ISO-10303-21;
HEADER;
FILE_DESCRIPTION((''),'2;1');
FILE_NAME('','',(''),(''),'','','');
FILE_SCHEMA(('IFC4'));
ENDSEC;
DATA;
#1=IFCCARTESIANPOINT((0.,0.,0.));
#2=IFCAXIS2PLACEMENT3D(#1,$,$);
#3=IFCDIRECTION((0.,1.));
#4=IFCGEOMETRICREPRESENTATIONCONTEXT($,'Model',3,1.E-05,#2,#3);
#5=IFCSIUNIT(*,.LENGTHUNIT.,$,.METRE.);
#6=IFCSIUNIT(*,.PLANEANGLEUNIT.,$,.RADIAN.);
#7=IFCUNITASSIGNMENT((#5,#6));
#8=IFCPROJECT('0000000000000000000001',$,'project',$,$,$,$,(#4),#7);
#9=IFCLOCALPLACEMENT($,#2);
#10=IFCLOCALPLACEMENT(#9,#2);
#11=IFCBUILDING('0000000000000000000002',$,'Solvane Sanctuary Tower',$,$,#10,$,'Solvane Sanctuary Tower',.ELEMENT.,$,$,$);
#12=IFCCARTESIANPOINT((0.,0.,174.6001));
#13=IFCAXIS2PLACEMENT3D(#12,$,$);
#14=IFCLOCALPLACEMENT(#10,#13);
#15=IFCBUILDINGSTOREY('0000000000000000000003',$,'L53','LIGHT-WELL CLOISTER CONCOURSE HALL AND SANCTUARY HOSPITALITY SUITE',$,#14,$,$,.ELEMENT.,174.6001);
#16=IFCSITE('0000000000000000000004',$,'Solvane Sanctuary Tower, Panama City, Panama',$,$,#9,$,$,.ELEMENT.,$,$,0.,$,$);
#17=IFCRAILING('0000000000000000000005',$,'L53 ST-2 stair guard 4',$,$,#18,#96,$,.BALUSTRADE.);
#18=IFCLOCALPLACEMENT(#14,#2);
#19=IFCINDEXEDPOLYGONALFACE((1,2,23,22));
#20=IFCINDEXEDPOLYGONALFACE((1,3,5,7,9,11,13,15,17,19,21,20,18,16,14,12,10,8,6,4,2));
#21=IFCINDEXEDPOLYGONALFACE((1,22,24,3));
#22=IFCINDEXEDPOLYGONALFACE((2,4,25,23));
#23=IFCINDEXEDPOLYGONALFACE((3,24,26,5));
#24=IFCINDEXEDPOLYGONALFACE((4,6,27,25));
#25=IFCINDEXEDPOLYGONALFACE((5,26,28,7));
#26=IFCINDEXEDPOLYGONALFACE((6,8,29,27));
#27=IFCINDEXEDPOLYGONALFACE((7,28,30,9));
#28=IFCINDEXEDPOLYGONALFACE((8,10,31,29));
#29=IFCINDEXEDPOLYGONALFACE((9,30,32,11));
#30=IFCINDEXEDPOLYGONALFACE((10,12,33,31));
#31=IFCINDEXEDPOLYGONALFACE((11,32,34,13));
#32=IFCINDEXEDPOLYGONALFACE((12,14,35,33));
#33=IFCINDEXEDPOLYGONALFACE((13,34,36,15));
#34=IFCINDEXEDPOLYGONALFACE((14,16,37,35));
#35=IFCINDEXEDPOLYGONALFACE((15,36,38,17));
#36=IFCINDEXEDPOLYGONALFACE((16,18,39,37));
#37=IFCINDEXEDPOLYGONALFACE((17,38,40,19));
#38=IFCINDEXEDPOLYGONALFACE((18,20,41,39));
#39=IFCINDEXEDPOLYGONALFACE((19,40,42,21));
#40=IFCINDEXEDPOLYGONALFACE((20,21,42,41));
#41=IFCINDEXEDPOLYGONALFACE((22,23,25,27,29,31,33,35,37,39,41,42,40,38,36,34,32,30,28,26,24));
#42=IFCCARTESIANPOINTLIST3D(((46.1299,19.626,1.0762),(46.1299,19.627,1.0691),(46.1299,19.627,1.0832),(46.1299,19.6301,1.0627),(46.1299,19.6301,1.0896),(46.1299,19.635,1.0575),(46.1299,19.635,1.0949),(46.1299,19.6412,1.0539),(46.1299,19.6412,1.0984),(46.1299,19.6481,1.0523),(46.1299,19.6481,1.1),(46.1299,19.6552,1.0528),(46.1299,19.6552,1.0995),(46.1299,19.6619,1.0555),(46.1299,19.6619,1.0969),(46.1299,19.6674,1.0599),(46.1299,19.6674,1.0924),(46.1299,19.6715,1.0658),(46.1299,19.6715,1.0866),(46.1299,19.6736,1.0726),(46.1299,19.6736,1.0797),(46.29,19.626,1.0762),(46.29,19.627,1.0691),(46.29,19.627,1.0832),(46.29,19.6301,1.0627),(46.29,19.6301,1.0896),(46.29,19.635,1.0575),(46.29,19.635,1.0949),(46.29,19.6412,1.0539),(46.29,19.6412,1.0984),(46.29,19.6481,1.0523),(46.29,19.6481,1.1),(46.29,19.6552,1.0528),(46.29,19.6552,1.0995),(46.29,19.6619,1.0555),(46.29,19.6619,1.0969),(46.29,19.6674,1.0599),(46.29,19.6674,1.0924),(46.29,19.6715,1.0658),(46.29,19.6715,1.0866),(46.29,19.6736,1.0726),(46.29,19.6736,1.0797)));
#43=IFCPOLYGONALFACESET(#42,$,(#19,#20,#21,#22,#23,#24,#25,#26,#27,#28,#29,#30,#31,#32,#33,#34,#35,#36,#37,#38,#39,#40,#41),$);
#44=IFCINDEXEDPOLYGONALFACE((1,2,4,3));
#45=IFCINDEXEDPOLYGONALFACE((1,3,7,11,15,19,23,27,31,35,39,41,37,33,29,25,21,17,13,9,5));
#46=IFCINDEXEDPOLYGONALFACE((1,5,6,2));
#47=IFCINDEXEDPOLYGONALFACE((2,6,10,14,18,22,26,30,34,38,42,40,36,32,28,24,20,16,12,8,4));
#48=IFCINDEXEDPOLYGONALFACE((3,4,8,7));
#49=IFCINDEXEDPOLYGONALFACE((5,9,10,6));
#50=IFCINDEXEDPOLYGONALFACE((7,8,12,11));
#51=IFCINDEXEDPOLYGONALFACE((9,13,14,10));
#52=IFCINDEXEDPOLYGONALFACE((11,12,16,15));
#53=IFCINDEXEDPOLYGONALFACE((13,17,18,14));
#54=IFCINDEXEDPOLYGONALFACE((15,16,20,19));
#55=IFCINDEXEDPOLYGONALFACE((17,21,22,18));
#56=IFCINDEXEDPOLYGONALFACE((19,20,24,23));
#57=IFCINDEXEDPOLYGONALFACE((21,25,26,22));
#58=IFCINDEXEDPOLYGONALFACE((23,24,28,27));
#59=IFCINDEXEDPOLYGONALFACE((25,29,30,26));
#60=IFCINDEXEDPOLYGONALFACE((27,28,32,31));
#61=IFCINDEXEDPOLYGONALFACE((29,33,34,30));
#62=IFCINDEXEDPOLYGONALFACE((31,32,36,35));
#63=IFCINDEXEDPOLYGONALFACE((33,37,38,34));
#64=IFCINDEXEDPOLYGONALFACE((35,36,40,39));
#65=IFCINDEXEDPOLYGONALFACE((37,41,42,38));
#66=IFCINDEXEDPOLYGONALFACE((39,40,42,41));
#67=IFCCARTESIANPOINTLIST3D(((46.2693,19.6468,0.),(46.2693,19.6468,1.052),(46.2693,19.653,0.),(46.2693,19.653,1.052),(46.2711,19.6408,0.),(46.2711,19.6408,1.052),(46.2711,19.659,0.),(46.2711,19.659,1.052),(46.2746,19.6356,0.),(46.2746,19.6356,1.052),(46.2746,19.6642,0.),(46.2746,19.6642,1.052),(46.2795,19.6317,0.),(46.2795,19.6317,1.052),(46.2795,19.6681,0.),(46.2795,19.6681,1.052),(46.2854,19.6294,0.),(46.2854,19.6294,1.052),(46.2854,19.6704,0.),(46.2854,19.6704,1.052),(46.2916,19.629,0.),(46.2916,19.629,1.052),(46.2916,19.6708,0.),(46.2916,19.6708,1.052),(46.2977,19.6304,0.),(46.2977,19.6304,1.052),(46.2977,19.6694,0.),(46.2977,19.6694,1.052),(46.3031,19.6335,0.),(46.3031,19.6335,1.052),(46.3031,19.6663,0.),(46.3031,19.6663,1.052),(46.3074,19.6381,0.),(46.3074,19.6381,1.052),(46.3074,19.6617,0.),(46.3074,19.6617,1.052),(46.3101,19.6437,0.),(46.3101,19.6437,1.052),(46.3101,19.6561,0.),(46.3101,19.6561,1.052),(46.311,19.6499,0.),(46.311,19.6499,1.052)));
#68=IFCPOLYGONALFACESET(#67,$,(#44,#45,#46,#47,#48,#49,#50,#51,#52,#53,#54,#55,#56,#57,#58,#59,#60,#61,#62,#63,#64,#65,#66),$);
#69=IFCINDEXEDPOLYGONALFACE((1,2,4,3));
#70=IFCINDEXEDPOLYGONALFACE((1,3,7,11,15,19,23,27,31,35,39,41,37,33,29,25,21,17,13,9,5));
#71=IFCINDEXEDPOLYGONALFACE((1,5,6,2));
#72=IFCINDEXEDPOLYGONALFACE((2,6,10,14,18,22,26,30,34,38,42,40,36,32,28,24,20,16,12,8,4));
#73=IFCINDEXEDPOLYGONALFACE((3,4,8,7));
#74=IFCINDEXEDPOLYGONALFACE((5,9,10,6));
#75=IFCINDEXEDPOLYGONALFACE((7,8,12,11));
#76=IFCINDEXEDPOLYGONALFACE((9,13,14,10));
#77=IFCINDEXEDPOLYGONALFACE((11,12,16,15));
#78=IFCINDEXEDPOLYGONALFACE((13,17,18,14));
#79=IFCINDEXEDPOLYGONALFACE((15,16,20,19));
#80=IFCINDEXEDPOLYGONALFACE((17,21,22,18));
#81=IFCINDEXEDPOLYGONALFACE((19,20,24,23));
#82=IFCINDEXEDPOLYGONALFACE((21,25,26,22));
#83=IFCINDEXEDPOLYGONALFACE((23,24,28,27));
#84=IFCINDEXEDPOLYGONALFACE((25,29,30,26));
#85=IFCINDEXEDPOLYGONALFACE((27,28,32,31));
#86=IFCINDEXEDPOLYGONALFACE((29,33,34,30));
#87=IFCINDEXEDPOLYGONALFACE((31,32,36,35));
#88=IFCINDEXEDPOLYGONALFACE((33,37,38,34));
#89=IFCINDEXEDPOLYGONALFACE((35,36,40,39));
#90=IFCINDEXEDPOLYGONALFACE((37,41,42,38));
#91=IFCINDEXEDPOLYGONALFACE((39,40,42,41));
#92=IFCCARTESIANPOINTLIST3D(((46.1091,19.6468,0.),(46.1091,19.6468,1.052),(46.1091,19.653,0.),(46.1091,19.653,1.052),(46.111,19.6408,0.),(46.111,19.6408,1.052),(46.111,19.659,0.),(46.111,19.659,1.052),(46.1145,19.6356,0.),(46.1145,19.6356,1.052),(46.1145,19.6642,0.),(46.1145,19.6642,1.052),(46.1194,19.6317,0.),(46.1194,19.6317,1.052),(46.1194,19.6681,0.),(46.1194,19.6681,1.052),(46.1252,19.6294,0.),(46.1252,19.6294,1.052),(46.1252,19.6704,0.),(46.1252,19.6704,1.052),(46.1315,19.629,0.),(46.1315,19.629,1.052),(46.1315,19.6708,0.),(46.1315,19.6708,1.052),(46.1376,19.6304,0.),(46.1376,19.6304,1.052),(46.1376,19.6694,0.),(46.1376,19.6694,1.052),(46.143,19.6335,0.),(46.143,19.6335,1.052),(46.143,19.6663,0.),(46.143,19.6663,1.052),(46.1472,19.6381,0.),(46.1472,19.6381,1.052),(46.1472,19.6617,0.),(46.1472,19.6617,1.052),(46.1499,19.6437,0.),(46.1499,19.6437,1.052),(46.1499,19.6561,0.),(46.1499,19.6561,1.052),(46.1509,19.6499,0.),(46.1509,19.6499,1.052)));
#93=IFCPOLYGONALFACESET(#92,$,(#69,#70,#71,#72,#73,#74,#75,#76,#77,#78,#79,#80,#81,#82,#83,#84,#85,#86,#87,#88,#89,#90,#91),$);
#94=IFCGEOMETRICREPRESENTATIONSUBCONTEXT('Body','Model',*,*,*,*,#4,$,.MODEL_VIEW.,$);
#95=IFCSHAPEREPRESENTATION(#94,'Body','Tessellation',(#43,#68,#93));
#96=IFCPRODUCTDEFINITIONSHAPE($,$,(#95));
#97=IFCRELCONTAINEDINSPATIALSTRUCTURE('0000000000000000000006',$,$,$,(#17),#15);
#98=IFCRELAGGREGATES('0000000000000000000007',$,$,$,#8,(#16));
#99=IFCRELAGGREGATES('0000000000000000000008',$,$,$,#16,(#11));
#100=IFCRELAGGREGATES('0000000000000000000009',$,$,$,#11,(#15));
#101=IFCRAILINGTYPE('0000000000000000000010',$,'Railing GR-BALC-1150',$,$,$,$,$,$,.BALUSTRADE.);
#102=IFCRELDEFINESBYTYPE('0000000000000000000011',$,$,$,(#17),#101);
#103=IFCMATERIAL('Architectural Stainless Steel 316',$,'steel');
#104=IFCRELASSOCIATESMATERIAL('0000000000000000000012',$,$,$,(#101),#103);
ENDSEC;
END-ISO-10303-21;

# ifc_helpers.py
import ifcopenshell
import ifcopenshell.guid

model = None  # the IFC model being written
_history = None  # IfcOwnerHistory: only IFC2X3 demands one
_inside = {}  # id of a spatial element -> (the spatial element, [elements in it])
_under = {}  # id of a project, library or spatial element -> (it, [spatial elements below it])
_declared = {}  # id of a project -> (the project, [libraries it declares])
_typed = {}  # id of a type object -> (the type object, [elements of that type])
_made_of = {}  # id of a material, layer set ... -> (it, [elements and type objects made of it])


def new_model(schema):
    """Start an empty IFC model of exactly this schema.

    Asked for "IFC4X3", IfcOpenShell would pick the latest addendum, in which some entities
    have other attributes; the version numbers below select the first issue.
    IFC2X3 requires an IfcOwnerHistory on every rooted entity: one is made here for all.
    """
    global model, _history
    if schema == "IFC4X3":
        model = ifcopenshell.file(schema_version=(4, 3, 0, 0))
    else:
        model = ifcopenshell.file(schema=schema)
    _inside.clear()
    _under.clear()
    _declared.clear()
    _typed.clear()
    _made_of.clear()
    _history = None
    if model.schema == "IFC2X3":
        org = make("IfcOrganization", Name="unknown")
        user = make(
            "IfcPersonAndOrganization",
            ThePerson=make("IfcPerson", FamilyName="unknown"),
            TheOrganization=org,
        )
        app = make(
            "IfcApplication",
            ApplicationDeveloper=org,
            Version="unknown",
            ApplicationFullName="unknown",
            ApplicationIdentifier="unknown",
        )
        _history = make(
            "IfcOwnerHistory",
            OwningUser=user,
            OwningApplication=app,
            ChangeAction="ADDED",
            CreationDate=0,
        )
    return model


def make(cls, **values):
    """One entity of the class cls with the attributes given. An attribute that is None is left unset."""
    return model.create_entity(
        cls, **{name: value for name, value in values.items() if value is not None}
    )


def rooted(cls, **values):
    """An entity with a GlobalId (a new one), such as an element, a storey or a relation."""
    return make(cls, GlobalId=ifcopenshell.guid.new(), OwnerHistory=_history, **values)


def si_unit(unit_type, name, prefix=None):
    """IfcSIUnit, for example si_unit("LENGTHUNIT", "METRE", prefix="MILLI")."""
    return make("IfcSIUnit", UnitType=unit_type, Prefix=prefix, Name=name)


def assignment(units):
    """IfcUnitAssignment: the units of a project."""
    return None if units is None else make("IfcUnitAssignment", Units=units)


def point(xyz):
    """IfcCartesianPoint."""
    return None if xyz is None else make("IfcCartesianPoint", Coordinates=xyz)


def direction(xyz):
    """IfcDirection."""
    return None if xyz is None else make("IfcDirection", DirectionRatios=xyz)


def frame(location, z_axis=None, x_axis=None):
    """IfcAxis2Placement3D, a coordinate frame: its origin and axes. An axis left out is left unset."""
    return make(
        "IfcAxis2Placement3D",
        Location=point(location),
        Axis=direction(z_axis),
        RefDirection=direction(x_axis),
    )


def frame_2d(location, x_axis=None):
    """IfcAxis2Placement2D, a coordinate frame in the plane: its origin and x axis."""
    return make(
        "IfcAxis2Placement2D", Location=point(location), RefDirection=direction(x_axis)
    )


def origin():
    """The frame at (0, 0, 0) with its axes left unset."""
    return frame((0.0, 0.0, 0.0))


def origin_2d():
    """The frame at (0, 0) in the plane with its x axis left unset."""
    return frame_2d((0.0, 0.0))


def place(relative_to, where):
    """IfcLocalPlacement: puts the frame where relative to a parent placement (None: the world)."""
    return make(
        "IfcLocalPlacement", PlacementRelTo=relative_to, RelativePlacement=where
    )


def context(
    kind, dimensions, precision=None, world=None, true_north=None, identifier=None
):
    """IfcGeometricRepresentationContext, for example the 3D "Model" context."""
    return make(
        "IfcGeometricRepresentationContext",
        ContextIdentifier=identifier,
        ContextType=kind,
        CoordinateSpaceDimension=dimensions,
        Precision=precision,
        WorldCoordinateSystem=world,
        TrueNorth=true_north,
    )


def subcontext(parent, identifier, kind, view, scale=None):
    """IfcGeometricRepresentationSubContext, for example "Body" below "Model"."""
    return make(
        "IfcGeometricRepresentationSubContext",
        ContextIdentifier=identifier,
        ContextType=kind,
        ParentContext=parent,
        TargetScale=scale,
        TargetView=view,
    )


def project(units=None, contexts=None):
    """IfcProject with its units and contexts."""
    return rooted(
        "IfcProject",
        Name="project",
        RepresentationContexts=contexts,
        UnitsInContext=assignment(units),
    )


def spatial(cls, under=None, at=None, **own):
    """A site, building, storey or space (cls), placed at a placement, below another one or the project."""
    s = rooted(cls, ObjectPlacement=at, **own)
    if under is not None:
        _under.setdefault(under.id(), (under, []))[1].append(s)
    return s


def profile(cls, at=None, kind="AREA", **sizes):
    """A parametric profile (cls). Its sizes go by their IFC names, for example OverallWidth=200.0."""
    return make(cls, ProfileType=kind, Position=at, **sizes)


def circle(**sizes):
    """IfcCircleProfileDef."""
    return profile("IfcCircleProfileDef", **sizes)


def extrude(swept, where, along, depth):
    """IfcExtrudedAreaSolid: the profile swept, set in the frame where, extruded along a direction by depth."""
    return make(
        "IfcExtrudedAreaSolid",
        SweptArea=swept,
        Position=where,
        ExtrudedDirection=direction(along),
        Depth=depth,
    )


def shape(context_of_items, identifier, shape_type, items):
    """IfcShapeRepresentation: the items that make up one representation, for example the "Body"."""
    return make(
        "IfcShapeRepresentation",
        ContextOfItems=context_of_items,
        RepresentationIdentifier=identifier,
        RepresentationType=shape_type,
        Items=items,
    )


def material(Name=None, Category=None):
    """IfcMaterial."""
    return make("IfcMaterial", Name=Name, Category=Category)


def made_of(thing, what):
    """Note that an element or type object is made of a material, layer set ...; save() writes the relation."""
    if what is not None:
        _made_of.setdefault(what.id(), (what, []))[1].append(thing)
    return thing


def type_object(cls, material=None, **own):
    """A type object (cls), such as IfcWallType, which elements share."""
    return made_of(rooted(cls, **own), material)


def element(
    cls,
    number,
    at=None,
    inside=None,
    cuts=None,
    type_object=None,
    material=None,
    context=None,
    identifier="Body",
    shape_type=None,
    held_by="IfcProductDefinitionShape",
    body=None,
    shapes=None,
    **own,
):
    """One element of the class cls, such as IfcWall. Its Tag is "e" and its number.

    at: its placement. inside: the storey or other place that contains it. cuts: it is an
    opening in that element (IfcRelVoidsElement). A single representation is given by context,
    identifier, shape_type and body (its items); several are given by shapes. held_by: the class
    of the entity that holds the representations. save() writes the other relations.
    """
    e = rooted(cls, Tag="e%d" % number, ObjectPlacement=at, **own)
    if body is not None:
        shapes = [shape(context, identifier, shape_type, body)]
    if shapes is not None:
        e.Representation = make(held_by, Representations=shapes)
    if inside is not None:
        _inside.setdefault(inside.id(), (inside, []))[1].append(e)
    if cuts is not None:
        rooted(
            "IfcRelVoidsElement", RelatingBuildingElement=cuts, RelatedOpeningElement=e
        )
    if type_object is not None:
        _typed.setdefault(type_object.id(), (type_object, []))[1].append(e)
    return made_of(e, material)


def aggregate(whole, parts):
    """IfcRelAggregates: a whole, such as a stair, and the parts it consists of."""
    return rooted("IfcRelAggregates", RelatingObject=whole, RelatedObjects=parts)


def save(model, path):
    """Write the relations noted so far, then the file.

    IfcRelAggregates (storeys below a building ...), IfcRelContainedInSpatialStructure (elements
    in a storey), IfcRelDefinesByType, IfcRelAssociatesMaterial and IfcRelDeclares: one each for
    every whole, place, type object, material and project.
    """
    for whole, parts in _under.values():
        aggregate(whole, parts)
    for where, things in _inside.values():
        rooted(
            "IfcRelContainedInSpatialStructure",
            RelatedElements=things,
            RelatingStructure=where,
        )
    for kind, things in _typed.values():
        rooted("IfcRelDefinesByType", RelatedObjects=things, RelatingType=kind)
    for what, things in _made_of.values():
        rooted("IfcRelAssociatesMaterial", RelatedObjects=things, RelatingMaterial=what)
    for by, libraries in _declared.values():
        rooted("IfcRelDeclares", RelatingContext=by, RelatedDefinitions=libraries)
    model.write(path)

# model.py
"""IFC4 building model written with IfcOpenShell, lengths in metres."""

from ifc_helpers import new_model, si_unit, direction, frame, origin, origin_2d, place, context, subcontext, project, spatial, circle, extrude, material, type_object, element, save


model = new_model("IFC4")

# Units and contexts
model_context = context("Model", 3, precision=1e-05, world=origin(), true_north=direction((0.0, 1.0)))
body_context = subcontext(model_context, "Body", "Model", "MODEL_VIEW")
ifc_project = project(units=[si_unit("LENGTHUNIT", "METRE"), si_unit("PLANEANGLEUNIT", "RADIAN")], contexts=[model_context])

# Site, building, storey
site_placement = place(None, origin())
site = spatial("IfcSite", under=ifc_project, at=site_placement, Name="Solvane Sanctuary Tower, Panama City, Panama", CompositionType="ELEMENT", RefElevation=0.0)
building_placement = place(site_placement, origin())
building = spatial("IfcBuilding", under=site, at=building_placement, Name="Solvane Sanctuary Tower", LongName="Solvane Sanctuary Tower", CompositionType="ELEMENT")
storey_placement = place(building_placement, frame((0.0, 0.0, 174.6001)))
storey = spatial("IfcBuildingStorey", under=building, at=storey_placement, Name="L53", Description="LIGHT-WELL CLOISTER CONCOURSE HALL AND SANCTUARY HOSPITALITY SUITE", CompositionType="ELEMENT", Elevation=174.6001)

# Shared definitions
ifc_material_1 = material(Name="Architectural Stainless Steel 316", Category="steel")

# Railing
railing_type_1 = type_object("IfcRailingType", Name="Railing GR-BALC-1150", PredefinedType="BALUSTRADE", material=ifc_material_1)
railing_1_placement = place(storey_placement, frame((46.29, 19.6499, 0.0)))
element("IfcRailing", 1, at=railing_1_placement, inside=storey, type_object=railing_type_1, Name="L53 ST-2 stair guard 4", PredefinedType="BALUSTRADE", context=body_context, shape_type="SweptSolid", body=[
    extrude(circle(Radius=0.0239, at=origin_2d()), frame((0.0, 0.0, 1.0762), z_axis=(-1.0, 0.0, 0.0), x_axis=(0.0, -1.0, 0.0)), (0.0, 0.0, 1.0), 0.1602),
    extrude(circle(Radius=0.021, at=origin_2d()), origin(), (0.0, 0.0, 1.0), 1.052),
    extrude(circle(Radius=0.021, at=origin_2d()), frame((-0.1602, 0.0, 0.0)), (0.0, 0.0, 1.0), 1.052),
])

save(model, "model.ifc")
